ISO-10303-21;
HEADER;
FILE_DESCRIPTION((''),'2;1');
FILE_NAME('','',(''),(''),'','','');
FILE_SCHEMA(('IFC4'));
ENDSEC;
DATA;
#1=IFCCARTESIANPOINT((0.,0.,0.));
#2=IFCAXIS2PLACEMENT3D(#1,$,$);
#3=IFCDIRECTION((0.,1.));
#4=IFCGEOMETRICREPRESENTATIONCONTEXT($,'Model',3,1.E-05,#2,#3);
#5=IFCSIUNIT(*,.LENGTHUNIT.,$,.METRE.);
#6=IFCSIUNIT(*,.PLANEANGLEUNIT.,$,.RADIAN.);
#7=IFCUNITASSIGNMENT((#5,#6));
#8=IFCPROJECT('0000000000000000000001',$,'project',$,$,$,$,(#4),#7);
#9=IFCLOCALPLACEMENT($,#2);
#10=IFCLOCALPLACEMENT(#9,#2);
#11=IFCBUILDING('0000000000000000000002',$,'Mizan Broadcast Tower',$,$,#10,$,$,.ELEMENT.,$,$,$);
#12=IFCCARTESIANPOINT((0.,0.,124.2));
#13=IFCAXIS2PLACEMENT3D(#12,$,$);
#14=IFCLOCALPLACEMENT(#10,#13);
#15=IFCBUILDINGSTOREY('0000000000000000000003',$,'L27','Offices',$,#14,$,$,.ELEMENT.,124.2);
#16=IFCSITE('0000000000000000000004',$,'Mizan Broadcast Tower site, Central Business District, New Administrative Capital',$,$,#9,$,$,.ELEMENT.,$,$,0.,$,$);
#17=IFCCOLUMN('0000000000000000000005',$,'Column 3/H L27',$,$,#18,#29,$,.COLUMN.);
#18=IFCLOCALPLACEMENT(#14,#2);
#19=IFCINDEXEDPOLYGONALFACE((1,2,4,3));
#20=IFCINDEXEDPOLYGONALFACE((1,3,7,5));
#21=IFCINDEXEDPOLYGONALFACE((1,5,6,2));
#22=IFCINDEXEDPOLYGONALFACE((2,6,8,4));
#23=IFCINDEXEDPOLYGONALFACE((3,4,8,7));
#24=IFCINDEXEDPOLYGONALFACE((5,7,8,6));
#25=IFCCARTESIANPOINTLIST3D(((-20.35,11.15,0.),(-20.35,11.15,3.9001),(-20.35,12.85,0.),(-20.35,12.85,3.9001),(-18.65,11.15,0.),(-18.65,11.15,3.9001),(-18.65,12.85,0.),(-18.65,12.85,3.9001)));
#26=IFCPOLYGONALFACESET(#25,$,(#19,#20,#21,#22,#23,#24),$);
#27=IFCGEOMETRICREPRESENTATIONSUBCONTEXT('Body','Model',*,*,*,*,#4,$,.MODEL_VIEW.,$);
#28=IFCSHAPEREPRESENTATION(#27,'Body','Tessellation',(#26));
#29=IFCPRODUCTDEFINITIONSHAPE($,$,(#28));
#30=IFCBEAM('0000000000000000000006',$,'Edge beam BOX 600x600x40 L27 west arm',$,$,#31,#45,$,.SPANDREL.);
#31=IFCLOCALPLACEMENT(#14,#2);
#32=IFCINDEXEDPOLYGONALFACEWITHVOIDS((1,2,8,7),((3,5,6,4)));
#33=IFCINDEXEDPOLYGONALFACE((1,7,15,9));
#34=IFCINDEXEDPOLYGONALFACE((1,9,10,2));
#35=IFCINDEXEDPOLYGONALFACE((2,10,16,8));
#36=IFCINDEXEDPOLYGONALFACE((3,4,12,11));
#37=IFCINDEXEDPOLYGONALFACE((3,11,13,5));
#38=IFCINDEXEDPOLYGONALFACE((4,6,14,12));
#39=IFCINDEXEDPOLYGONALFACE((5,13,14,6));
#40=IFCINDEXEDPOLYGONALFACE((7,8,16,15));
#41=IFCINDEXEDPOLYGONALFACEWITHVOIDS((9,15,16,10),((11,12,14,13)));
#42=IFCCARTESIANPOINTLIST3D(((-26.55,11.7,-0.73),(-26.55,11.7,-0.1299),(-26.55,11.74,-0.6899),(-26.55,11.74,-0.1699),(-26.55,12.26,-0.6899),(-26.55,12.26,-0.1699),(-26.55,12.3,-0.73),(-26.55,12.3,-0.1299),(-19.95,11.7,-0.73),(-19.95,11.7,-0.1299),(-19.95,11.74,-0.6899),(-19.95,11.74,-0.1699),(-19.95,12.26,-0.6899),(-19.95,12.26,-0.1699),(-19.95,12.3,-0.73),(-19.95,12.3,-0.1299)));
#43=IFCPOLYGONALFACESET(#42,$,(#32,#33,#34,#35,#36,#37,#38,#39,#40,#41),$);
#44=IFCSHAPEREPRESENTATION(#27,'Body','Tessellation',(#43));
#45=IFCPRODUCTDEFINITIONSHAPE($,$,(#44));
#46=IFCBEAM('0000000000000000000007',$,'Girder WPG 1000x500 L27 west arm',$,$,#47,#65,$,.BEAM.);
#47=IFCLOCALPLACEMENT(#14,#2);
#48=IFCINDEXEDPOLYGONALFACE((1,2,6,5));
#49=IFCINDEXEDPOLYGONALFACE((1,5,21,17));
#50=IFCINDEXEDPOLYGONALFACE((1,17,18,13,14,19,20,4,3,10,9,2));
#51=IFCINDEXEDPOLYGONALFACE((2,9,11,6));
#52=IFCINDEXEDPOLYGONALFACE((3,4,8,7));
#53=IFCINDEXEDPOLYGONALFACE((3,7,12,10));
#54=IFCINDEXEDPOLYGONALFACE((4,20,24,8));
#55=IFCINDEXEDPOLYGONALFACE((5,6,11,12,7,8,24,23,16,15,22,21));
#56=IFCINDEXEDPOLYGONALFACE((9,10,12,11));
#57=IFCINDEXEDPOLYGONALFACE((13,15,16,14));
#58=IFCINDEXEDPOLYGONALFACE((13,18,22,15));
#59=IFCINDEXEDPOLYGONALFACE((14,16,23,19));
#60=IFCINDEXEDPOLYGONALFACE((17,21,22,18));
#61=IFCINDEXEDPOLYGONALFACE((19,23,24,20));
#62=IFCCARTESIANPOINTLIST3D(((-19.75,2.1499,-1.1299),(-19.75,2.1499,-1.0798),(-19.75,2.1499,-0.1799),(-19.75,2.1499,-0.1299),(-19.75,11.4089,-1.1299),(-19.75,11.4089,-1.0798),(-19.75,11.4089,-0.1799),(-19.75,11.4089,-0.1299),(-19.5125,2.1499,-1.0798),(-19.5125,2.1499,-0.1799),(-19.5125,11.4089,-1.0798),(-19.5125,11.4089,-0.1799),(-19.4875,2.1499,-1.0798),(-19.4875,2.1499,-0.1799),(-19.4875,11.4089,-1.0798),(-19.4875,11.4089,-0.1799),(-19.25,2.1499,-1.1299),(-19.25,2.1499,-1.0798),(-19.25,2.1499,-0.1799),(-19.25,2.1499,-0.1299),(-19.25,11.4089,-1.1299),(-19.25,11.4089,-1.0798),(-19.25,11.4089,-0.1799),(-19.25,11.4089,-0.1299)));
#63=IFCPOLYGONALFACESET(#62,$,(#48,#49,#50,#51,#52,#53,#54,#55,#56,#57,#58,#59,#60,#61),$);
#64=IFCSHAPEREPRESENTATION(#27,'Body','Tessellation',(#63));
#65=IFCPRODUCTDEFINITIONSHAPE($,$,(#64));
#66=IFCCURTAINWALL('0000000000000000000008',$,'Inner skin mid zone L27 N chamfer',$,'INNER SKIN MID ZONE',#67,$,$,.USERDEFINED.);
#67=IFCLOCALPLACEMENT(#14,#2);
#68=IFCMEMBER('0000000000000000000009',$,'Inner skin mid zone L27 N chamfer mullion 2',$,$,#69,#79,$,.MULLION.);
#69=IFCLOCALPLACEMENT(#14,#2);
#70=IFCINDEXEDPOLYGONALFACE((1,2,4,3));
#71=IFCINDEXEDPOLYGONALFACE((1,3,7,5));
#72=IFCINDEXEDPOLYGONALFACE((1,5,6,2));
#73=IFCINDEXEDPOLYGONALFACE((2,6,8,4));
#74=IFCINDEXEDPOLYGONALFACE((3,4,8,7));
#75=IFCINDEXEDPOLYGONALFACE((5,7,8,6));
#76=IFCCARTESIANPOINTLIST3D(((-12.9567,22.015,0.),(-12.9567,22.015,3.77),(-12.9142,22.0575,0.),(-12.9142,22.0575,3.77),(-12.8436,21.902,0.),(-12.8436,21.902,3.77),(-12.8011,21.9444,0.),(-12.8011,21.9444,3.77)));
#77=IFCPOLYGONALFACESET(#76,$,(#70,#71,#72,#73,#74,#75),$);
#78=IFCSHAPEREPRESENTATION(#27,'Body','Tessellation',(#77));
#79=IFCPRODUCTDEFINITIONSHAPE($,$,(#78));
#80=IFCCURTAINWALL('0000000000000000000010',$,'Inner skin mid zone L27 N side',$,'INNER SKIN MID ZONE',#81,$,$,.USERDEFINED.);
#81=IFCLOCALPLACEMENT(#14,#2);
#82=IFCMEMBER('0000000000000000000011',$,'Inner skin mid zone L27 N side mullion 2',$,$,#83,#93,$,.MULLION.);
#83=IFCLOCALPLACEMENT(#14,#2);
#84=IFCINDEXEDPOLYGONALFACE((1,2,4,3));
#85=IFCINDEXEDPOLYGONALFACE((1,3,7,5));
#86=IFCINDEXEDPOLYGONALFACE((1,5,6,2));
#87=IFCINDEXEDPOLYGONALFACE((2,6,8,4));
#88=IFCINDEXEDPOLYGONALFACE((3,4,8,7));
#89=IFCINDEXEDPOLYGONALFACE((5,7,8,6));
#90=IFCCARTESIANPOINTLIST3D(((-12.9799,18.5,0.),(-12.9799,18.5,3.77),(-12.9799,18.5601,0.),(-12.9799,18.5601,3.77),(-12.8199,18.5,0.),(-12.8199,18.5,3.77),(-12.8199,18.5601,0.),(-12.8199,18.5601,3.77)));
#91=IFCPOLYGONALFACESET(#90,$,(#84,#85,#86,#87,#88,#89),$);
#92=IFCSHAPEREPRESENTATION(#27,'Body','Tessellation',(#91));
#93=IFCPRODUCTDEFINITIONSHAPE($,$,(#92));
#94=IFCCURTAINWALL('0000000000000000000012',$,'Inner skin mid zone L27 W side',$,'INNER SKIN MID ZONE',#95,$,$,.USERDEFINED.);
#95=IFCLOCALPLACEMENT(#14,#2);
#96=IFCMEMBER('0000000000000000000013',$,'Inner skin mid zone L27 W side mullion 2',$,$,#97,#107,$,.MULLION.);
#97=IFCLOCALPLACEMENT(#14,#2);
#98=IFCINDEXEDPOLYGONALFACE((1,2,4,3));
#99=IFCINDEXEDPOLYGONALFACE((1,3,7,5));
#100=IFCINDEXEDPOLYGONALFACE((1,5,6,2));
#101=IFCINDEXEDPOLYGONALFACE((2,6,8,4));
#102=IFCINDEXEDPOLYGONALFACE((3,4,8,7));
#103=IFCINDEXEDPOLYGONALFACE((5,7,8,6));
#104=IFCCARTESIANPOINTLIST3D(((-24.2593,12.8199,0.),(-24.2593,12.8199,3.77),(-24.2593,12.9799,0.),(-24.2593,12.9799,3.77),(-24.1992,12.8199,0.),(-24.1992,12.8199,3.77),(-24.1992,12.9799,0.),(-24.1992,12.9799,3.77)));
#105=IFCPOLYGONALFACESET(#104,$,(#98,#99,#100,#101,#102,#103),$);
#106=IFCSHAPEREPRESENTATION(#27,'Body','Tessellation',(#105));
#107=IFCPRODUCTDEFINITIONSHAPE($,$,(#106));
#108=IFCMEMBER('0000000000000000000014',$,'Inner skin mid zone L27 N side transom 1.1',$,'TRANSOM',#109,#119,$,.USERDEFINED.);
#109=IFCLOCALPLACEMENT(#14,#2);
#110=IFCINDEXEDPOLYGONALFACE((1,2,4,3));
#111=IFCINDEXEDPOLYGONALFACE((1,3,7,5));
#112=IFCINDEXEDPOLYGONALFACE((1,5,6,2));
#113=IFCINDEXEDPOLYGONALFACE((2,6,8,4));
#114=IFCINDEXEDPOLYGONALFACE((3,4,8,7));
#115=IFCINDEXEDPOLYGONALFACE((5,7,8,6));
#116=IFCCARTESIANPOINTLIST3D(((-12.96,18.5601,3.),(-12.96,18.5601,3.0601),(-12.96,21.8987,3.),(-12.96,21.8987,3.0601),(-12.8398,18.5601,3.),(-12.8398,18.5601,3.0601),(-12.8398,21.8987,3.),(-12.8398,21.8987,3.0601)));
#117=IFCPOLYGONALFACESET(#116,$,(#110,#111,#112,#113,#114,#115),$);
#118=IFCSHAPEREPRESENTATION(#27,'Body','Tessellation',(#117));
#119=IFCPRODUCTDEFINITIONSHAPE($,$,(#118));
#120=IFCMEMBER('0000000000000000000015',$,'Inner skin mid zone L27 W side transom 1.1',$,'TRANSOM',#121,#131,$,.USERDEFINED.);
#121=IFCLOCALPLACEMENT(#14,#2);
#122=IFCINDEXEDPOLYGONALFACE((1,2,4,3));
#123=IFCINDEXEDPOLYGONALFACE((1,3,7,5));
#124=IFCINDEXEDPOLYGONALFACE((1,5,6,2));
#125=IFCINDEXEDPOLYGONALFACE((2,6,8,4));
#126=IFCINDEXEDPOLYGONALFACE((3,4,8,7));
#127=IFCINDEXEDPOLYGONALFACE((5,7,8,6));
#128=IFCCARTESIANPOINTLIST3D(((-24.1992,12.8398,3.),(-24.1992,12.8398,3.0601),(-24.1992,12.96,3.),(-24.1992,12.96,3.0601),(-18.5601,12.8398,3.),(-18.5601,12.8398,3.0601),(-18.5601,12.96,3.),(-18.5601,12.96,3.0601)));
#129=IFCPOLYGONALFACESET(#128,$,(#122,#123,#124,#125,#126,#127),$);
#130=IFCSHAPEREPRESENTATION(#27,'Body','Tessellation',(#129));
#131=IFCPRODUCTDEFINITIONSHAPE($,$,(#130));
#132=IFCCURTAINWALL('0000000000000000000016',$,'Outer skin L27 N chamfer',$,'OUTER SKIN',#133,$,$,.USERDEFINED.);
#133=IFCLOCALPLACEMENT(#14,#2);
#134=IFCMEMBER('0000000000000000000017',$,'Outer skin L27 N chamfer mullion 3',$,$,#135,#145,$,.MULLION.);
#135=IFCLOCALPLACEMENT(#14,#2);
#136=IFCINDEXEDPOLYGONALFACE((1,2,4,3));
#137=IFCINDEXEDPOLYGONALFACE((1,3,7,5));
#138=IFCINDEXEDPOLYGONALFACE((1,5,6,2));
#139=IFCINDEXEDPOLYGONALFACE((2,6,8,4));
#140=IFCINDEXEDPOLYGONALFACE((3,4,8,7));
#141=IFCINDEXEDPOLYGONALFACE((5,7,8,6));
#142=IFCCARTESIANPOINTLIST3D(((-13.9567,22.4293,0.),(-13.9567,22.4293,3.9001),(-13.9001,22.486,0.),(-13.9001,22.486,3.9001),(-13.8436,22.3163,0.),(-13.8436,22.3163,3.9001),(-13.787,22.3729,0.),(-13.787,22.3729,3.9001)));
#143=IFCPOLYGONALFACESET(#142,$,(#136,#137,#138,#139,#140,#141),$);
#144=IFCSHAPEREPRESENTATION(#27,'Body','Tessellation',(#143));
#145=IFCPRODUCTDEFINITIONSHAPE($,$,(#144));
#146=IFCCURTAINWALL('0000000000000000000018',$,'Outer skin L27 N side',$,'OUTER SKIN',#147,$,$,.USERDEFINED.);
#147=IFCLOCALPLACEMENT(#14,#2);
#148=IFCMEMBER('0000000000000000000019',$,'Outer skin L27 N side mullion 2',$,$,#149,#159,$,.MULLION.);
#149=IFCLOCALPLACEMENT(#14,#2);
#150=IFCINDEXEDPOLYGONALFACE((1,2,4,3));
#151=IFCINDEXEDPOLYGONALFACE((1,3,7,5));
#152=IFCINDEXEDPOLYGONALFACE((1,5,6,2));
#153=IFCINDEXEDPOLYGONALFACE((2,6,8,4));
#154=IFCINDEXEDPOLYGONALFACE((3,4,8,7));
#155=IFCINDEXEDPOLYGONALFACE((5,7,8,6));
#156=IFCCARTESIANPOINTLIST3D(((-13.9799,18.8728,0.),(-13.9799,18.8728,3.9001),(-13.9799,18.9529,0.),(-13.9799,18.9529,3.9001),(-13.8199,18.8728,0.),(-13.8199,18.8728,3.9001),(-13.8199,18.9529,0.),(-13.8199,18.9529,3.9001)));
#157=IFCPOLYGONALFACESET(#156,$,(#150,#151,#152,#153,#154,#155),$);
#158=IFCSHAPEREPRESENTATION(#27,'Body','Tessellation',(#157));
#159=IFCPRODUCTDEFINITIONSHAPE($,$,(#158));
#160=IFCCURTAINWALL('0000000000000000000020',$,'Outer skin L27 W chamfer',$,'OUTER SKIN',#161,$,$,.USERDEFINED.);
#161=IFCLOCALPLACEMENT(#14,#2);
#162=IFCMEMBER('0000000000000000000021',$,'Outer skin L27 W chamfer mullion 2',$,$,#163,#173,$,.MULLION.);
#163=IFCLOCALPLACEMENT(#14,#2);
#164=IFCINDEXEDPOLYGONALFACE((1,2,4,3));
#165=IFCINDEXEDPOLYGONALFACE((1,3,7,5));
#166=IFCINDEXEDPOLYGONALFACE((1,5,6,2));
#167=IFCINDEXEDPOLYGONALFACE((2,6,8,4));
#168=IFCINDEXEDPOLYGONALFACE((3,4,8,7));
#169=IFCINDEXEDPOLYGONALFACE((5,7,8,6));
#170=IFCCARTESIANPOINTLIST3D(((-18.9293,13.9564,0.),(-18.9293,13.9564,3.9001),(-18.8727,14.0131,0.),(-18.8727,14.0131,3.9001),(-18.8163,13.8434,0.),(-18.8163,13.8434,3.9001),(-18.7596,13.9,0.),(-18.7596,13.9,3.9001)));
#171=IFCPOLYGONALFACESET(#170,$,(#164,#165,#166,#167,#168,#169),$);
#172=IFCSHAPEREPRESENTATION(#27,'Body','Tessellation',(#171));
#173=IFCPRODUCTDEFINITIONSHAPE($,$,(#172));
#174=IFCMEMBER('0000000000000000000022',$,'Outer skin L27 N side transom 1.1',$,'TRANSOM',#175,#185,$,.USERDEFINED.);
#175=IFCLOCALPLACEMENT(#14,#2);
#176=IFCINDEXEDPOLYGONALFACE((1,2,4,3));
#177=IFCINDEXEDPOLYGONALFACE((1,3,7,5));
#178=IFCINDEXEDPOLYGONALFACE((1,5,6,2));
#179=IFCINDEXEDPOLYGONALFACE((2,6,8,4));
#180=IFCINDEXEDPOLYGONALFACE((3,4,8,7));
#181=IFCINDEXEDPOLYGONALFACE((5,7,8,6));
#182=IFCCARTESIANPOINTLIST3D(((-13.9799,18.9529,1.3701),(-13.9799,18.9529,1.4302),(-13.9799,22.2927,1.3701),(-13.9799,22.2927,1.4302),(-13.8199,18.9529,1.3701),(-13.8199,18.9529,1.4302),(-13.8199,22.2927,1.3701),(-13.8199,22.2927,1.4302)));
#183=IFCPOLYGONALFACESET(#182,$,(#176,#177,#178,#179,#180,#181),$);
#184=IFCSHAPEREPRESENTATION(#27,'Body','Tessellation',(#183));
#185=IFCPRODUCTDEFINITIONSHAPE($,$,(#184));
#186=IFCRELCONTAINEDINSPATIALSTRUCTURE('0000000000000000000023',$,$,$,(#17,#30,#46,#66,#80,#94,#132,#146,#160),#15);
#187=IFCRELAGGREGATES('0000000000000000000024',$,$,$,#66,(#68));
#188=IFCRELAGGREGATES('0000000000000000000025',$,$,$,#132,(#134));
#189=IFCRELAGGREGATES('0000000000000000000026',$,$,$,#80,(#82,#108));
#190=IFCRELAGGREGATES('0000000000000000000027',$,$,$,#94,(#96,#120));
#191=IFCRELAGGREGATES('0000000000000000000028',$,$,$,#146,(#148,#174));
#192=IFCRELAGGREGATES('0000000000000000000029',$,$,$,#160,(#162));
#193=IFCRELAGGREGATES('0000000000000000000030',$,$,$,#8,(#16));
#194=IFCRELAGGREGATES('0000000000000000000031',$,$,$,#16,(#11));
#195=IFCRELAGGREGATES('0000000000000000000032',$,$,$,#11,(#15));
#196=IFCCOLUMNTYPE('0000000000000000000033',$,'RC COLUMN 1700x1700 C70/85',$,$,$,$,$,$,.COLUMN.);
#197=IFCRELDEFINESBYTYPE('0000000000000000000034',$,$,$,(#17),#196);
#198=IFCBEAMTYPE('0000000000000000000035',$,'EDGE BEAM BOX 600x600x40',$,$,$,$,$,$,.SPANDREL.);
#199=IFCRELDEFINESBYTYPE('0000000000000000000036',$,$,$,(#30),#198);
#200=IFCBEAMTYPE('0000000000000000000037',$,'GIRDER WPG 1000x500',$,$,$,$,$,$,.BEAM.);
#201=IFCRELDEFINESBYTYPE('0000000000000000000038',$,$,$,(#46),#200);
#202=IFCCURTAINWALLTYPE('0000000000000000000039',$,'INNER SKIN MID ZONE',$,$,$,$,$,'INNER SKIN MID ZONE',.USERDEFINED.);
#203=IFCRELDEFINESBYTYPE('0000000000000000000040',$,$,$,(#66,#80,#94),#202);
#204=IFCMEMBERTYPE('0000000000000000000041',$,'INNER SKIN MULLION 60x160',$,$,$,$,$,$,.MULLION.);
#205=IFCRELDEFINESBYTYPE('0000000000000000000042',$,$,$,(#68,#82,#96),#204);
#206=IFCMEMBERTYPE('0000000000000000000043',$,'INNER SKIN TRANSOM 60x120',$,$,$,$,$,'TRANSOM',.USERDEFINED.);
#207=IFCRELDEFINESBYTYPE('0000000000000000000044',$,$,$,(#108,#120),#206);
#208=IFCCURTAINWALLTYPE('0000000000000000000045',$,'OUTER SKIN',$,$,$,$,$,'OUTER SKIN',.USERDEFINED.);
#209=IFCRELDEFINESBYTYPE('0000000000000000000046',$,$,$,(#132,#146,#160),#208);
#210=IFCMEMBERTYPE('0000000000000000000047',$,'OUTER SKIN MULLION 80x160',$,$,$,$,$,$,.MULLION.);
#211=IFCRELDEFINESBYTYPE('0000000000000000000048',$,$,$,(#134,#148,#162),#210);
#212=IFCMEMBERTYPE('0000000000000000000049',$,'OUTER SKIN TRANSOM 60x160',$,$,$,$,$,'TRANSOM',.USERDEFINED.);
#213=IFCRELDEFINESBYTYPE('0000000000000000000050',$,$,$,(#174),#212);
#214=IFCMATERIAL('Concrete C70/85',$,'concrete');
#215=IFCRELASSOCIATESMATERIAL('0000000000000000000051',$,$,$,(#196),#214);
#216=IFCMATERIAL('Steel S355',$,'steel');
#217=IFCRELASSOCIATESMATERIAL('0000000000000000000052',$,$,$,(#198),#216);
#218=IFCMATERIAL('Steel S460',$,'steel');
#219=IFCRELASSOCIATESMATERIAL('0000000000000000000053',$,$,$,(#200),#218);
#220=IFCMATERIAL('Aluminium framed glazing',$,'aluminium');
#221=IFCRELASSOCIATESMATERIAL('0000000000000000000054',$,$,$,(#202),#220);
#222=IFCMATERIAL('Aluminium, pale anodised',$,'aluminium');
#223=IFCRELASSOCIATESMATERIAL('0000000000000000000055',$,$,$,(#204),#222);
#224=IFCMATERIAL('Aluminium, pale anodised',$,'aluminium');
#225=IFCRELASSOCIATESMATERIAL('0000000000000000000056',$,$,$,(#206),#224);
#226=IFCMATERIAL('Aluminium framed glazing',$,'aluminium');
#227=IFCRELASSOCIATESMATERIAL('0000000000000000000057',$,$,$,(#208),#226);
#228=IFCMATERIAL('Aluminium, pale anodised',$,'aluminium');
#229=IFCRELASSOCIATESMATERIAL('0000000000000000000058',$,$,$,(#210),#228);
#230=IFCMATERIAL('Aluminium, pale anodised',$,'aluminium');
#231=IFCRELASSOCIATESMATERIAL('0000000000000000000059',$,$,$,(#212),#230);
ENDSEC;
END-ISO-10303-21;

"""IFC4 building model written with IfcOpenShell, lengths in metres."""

from ifc_helpers import new_model, si_unit, direction, frame, origin, origin_2d, place, context, subcontext, project, spatial, rectangle, hollow_rectangle, i_section, extrude, material, material_profile, profile_set, type_object, element, aggregate, save


model = new_model("IFC4")

# Units and contexts
model_context = context("Model", 3, precision=1e-05, world=origin(), true_north=direction((0.0, 1.0)))
body_context = subcontext(model_context, "Body", "Model", "MODEL_VIEW")
ifc_project = project(units=[si_unit("LENGTHUNIT", "METRE"), si_unit("PLANEANGLEUNIT", "RADIAN")], contexts=[model_context])

# Site, building, storey
site_placement = place(None, origin())
site = spatial("IfcSite", under=ifc_project, at=site_placement, Name="Mizan Broadcast Tower site, Central Business District, New Administrative Capital", CompositionType="ELEMENT", RefElevation=0.0)
building_placement = place(site_placement, origin())
building = spatial("IfcBuilding", under=site, at=building_placement, Name="Mizan Broadcast Tower", CompositionType="ELEMENT")
storey_placement = place(building_placement, frame((0.0, 0.0, 124.2)))
storey = spatial("IfcBuildingStorey", under=building, at=storey_placement, Name="L27", Description="Offices", CompositionType="ELEMENT", Elevation=124.2)

# Column
ifc_material_1 = material(Name="Concrete C70/85", Category="concrete")
ifc_material_profile_1 = material_profile(ifc_material_1, rectangle(XDim=1.7, YDim=1.7, at=origin_2d()), Name="RC 1700x1700")
ifc_profile_set_1 = profile_set([ifc_material_profile_1], Name="Concrete C70/85")
column_type = type_object("IfcColumnType", Name="RC COLUMN 1700x1700 C70/85", PredefinedType="COLUMN", material=ifc_profile_set_1)
column_placement = place(storey_placement, frame((-19.5, 12.0, 0.0), z_axis=(0.0, 0.0, 1.0), x_axis=(1.0, 0.0, 0.0)))
element("IfcColumn", 1, at=column_placement, inside=storey, type_object=column_type, Name="Column 3/H L27", PredefinedType="COLUMN", context=body_context, shape_type="SweptSolid", body=[
    extrude(rectangle(XDim=1.7, YDim=1.7, at=origin_2d()), origin(), (0.0, 0.0, 1.0), 3.9001),
])

# Beams
ifc_material_2 = material(Name="Steel S355", Category="steel")
ifc_material_profile_2 = material_profile(ifc_material_2, hollow_rectangle(XDim=0.6001, YDim=0.6001, WallThickness=0.04, at=origin_2d()), Name="BOX 600x600x40")
ifc_profile_set_2 = profile_set([ifc_material_profile_2], Name="Steel S355")
beam_type_1 = type_object("IfcBeamType", Name="EDGE BEAM BOX 600x600x40", PredefinedType="SPANDREL", material=ifc_profile_set_2)
beam_1_placement = place(storey_placement, frame((-19.95, 12.0, -0.4299), z_axis=(-1.0, 0.0, 0.0), x_axis=(0.0, -1.0, 0.0)))
element("IfcBeam", 2, at=beam_1_placement, inside=storey, type_object=beam_type_1, Name="Edge beam BOX 600x600x40 L27 west arm", PredefinedType="SPANDREL", context=body_context, shape_type="SweptSolid", body=[
    extrude(hollow_rectangle(XDim=0.6001, YDim=0.6001, WallThickness=0.04, at=origin_2d()), origin(), (0.0, 0.0, 1.0), 6.6001),
])
ifc_material_3 = material(Name="Steel S460", Category="steel")
ifc_material_profile_3 = material_profile(ifc_material_3, i_section(OverallWidth=0.5, OverallDepth=1.0, WebThickness=0.0249, FlangeThickness=0.05, at=origin_2d()), Name="WPG 1000x500")
ifc_profile_set_3 = profile_set([ifc_material_profile_3], Name="Steel S460")
beam_type_2 = type_object("IfcBeamType", Name="GIRDER WPG 1000x500", PredefinedType="BEAM", material=ifc_profile_set_3)
beam_2_placement = place(storey_placement, frame((-19.5, 11.4089, -0.6299), z_axis=(0.0, -1.0, 0.0), x_axis=(1.0, 0.0, 0.0)))
element("IfcBeam", 3, at=beam_2_placement, inside=storey, type_object=beam_type_2, Name="Girder WPG 1000x500 L27 west arm", PredefinedType="BEAM", context=body_context, shape_type="SweptSolid", body=[
    extrude(i_section(OverallWidth=0.5, OverallDepth=1.0, WebThickness=0.0249, FlangeThickness=0.05, at=origin_2d()), origin(), (0.0, 0.0, 1.0), 9.259),
])

# Curtain walls, members
ifc_material_4 = material(Name="Aluminium framed glazing", Category="aluminium")
curtain_wall_type_1 = type_object("IfcCurtainWallType", Name="INNER SKIN MID ZONE", ElementType="INNER SKIN MID ZONE", PredefinedType="USERDEFINED", material=ifc_material_4)
curtain_wall_1_placement = place(storey_placement, origin())
curtain_wall_1 = element("IfcCurtainWall", 4, at=curtain_wall_1_placement, inside=storey, type_object=curtain_wall_type_1, Name="Inner skin mid zone L27 N chamfer", ObjectType="INNER SKIN MID ZONE", PredefinedType="USERDEFINED")
ifc_material_5 = material(Name="Aluminium, pale anodised", Category="aluminium")
ifc_material_profile_4 = material_profile(ifc_material_5, rectangle(XDim=0.1599, YDim=0.0601, at=origin_2d()), Name="MULLION 160x60")
ifc_profile_set_4 = profile_set([ifc_material_profile_4], Name="Aluminium, pale anodised")
member_type_1 = type_object("IfcMemberType", Name="INNER SKIN MULLION 60x160", PredefinedType="MULLION", material=ifc_profile_set_4)
member_1_placement = place(storey_placement, frame((-12.8789, 21.9797, 0.0), z_axis=(0.0, 0.0, 1.0), x_axis=(0.707107, -0.707107, 0.0)))
member_1 = element("IfcMember", 5, at=member_1_placement, type_object=member_type_1, Name="Inner skin mid zone L27 N chamfer mullion 2", PredefinedType="MULLION", context=body_context, shape_type="SweptSolid", body=[
    extrude(rectangle(XDim=0.1599, YDim=0.0601, at=origin_2d()), origin(), (0.0, 0.0, 1.0), 3.77),
])
aggregate(curtain_wall_1, [member_1])
curtain_wall_2_placement = place(storey_placement, origin())
curtain_wall_2 = element("IfcCurtainWall", 6, at=curtain_wall_2_placement, inside=storey, type_object=curtain_wall_type_1, Name="Inner skin mid zone L27 N side", ObjectType="INNER SKIN MID ZONE", PredefinedType="USERDEFINED")
member_2_placement = place(storey_placement, frame((-12.8999, 18.53, 0.0), z_axis=(0.0, 0.0, 1.0), x_axis=(1.0, 0.0, 0.0)))
member_2 = element("IfcMember", 7, at=member_2_placement, type_object=member_type_1, Name="Inner skin mid zone L27 N side mullion 2", PredefinedType="MULLION", context=body_context, shape_type="SweptSolid", body=[
    extrude(rectangle(XDim=0.1599, YDim=0.0601, at=origin_2d()), origin(), (0.0, 0.0, 1.0), 3.77),
])
curtain_wall_3_placement = place(storey_placement, origin())
curtain_wall_3 = element("IfcCurtainWall", 8, at=curtain_wall_3_placement, inside=storey, type_object=curtain_wall_type_1, Name="Inner skin mid zone L27 W side", ObjectType="INNER SKIN MID ZONE", PredefinedType="USERDEFINED")
member_3_placement = place(storey_placement, frame((-24.2292, 12.8999, 0.0), z_axis=(0.0, 0.0, 1.0), x_axis=(0.0, -1.0, 0.0)))
member_3 = element("IfcMember", 9, at=member_3_placement, type_object=member_type_1, Name="Inner skin mid zone L27 W side mullion 2", PredefinedType="MULLION", context=body_context, shape_type="SweptSolid", body=[
    extrude(rectangle(XDim=0.1599, YDim=0.0601, at=origin_2d()), origin(), (0.0, 0.0, 1.0), 3.77),
])

# Members
ifc_material_6 = material(Name="Aluminium, pale anodised", Category="aluminium")
ifc_material_profile_5 = material_profile(ifc_material_6, rectangle(XDim=0.1201, YDim=0.0601, at=origin_2d()), Name="TRANSOM 120x60")
ifc_profile_set_5 = profile_set([ifc_material_profile_5], Name="Aluminium, pale anodised")
member_type_2 = type_object("IfcMemberType", Name="INNER SKIN TRANSOM 60x120", ElementType="TRANSOM", PredefinedType="USERDEFINED", material=ifc_profile_set_5)
member_4_placement = place(storey_placement, frame((-12.8999, 21.8987, 3.03), z_axis=(0.0, -1.0, 0.0), x_axis=(1.0, 0.0, 0.0)))
member_4 = element("IfcMember", 10, at=member_4_placement, type_object=member_type_2, Name="Inner skin mid zone L27 N side transom 1.1", ObjectType="TRANSOM", PredefinedType="USERDEFINED", context=body_context, shape_type="SweptSolid", body=[
    extrude(rectangle(XDim=0.1201, YDim=0.0601, at=origin_2d()), origin(), (0.0, 0.0, 1.0), 3.3386),
])
member_5_placement = place(storey_placement, frame((-18.5601, 12.8999, 3.03), z_axis=(-1.0, 0.0, 0.0), x_axis=(0.0, -1.0, 0.0)))
member_5 = element("IfcMember", 11, at=member_5_placement, type_object=member_type_2, Name="Inner skin mid zone L27 W side transom 1.1", ObjectType="TRANSOM", PredefinedType="USERDEFINED", context=body_context, shape_type="SweptSolid", body=[
    extrude(rectangle(XDim=0.1201, YDim=0.0601, at=origin_2d()), origin(), (0.0, 0.0, 1.0), 5.6392),
])

# Curtain walls, members
ifc_material_7 = material(Name="Aluminium framed glazing", Category="aluminium")
curtain_wall_type_2 = type_object("IfcCurtainWallType", Name="OUTER SKIN", ElementType="OUTER SKIN", PredefinedType="USERDEFINED", material=ifc_material_7)
curtain_wall_4_placement = place(storey_placement, origin())
curtain_wall_4 = element("IfcCurtainWall", 12, at=curtain_wall_4_placement, inside=storey, type_object=curtain_wall_type_2, Name="Outer skin L27 N chamfer", ObjectType="OUTER SKIN", PredefinedType="USERDEFINED")
ifc_material_8 = material(Name="Aluminium, pale anodised", Category="aluminium")
ifc_material_profile_6 = material_profile(ifc_material_8, rectangle(XDim=0.1599, YDim=0.0801, at=origin_2d()), Name="MULLION 160x80")
ifc_profile_set_6 = profile_set([ifc_material_profile_6], Name="Aluminium, pale anodised")
member_type_3 = type_object("IfcMemberType", Name="OUTER SKIN MULLION 80x160", PredefinedType="MULLION", material=ifc_profile_set_6)
member_6_placement = place(storey_placement, frame((-13.8718, 22.4011, 0.0), z_axis=(0.0, 0.0, 1.0), x_axis=(0.707107, -0.707107, 0.0)))
member_6 = element("IfcMember", 13, at=member_6_placement, type_object=member_type_3, Name="Outer skin L27 N chamfer mullion 3", PredefinedType="MULLION", context=body_context, shape_type="SweptSolid", body=[
    extrude(rectangle(XDim=0.1599, YDim=0.0801, at=origin_2d()), origin(), (0.0, 0.0, 1.0), 3.9001),
])
aggregate(curtain_wall_4, [member_6])
curtain_wall_5_placement = place(storey_placement, origin())
curtain_wall_5 = element("IfcCurtainWall", 14, at=curtain_wall_5_placement, inside=storey, type_object=curtain_wall_type_2, Name="Outer skin L27 N side", ObjectType="OUTER SKIN", PredefinedType="USERDEFINED")
member_7_placement = place(storey_placement, frame((-13.8999, 18.9128, 0.0), z_axis=(0.0, 0.0, 1.0), x_axis=(1.0, 0.0, 0.0)))
member_7 = element("IfcMember", 15, at=member_7_placement, type_object=member_type_3, Name="Outer skin L27 N side mullion 2", PredefinedType="MULLION", context=body_context, shape_type="SweptSolid", body=[
    extrude(rectangle(XDim=0.1599, YDim=0.0801, at=origin_2d()), origin(), (0.0, 0.0, 1.0), 3.9001),
])
curtain_wall_6_placement = place(storey_placement, origin())
curtain_wall_6 = element("IfcCurtainWall", 16, at=curtain_wall_6_placement, inside=storey, type_object=curtain_wall_type_2, Name="Outer skin L27 W chamfer", ObjectType="OUTER SKIN", PredefinedType="USERDEFINED")
member_8_placement = place(storey_placement, frame((-18.8445, 13.9282, 0.0), z_axis=(0.0, 0.0, 1.0), x_axis=(0.707107, -0.707107, 0.0)))
member_8 = element("IfcMember", 17, at=member_8_placement, type_object=member_type_3, Name="Outer skin L27 W chamfer mullion 2", PredefinedType="MULLION", context=body_context, shape_type="SweptSolid", body=[
    extrude(rectangle(XDim=0.1599, YDim=0.0801, at=origin_2d()), origin(), (0.0, 0.0, 1.0), 3.9001),
])

# Member
ifc_material_9 = material(Name="Aluminium, pale anodised", Category="aluminium")
ifc_material_profile_7 = material_profile(ifc_material_9, rectangle(XDim=0.1599, YDim=0.0601, at=origin_2d()), Name="TRANSOM 160x60")
ifc_profile_set_7 = profile_set([ifc_material_profile_7], Name="Aluminium, pale anodised")
member_type_4 = type_object("IfcMemberType", Name="OUTER SKIN TRANSOM 60x160", ElementType="TRANSOM", PredefinedType="USERDEFINED", material=ifc_profile_set_7)
member_9_placement = place(storey_placement, frame((-13.8999, 22.2927, 1.4001), z_axis=(0.0, -1.0, 0.0), x_axis=(1.0, 0.0, 0.0)))
member_9 = element("IfcMember", 18, at=member_9_placement, type_object=member_type_4, Name="Outer skin L27 N side transom 1.1", ObjectType="TRANSOM", PredefinedType="USERDEFINED", context=body_context, shape_type="SweptSolid", body=[
    extrude(rectangle(XDim=0.1599, YDim=0.0601, at=origin_2d()), origin(), (0.0, 0.0, 1.0), 3.3398),
])

aggregate(curtain_wall_2, [member_2, member_4])
aggregate(curtain_wall_3, [member_3, member_5])
aggregate(curtain_wall_5, [member_7, member_9])
aggregate(curtain_wall_6, [member_8])

save(model, "model.ifc")
